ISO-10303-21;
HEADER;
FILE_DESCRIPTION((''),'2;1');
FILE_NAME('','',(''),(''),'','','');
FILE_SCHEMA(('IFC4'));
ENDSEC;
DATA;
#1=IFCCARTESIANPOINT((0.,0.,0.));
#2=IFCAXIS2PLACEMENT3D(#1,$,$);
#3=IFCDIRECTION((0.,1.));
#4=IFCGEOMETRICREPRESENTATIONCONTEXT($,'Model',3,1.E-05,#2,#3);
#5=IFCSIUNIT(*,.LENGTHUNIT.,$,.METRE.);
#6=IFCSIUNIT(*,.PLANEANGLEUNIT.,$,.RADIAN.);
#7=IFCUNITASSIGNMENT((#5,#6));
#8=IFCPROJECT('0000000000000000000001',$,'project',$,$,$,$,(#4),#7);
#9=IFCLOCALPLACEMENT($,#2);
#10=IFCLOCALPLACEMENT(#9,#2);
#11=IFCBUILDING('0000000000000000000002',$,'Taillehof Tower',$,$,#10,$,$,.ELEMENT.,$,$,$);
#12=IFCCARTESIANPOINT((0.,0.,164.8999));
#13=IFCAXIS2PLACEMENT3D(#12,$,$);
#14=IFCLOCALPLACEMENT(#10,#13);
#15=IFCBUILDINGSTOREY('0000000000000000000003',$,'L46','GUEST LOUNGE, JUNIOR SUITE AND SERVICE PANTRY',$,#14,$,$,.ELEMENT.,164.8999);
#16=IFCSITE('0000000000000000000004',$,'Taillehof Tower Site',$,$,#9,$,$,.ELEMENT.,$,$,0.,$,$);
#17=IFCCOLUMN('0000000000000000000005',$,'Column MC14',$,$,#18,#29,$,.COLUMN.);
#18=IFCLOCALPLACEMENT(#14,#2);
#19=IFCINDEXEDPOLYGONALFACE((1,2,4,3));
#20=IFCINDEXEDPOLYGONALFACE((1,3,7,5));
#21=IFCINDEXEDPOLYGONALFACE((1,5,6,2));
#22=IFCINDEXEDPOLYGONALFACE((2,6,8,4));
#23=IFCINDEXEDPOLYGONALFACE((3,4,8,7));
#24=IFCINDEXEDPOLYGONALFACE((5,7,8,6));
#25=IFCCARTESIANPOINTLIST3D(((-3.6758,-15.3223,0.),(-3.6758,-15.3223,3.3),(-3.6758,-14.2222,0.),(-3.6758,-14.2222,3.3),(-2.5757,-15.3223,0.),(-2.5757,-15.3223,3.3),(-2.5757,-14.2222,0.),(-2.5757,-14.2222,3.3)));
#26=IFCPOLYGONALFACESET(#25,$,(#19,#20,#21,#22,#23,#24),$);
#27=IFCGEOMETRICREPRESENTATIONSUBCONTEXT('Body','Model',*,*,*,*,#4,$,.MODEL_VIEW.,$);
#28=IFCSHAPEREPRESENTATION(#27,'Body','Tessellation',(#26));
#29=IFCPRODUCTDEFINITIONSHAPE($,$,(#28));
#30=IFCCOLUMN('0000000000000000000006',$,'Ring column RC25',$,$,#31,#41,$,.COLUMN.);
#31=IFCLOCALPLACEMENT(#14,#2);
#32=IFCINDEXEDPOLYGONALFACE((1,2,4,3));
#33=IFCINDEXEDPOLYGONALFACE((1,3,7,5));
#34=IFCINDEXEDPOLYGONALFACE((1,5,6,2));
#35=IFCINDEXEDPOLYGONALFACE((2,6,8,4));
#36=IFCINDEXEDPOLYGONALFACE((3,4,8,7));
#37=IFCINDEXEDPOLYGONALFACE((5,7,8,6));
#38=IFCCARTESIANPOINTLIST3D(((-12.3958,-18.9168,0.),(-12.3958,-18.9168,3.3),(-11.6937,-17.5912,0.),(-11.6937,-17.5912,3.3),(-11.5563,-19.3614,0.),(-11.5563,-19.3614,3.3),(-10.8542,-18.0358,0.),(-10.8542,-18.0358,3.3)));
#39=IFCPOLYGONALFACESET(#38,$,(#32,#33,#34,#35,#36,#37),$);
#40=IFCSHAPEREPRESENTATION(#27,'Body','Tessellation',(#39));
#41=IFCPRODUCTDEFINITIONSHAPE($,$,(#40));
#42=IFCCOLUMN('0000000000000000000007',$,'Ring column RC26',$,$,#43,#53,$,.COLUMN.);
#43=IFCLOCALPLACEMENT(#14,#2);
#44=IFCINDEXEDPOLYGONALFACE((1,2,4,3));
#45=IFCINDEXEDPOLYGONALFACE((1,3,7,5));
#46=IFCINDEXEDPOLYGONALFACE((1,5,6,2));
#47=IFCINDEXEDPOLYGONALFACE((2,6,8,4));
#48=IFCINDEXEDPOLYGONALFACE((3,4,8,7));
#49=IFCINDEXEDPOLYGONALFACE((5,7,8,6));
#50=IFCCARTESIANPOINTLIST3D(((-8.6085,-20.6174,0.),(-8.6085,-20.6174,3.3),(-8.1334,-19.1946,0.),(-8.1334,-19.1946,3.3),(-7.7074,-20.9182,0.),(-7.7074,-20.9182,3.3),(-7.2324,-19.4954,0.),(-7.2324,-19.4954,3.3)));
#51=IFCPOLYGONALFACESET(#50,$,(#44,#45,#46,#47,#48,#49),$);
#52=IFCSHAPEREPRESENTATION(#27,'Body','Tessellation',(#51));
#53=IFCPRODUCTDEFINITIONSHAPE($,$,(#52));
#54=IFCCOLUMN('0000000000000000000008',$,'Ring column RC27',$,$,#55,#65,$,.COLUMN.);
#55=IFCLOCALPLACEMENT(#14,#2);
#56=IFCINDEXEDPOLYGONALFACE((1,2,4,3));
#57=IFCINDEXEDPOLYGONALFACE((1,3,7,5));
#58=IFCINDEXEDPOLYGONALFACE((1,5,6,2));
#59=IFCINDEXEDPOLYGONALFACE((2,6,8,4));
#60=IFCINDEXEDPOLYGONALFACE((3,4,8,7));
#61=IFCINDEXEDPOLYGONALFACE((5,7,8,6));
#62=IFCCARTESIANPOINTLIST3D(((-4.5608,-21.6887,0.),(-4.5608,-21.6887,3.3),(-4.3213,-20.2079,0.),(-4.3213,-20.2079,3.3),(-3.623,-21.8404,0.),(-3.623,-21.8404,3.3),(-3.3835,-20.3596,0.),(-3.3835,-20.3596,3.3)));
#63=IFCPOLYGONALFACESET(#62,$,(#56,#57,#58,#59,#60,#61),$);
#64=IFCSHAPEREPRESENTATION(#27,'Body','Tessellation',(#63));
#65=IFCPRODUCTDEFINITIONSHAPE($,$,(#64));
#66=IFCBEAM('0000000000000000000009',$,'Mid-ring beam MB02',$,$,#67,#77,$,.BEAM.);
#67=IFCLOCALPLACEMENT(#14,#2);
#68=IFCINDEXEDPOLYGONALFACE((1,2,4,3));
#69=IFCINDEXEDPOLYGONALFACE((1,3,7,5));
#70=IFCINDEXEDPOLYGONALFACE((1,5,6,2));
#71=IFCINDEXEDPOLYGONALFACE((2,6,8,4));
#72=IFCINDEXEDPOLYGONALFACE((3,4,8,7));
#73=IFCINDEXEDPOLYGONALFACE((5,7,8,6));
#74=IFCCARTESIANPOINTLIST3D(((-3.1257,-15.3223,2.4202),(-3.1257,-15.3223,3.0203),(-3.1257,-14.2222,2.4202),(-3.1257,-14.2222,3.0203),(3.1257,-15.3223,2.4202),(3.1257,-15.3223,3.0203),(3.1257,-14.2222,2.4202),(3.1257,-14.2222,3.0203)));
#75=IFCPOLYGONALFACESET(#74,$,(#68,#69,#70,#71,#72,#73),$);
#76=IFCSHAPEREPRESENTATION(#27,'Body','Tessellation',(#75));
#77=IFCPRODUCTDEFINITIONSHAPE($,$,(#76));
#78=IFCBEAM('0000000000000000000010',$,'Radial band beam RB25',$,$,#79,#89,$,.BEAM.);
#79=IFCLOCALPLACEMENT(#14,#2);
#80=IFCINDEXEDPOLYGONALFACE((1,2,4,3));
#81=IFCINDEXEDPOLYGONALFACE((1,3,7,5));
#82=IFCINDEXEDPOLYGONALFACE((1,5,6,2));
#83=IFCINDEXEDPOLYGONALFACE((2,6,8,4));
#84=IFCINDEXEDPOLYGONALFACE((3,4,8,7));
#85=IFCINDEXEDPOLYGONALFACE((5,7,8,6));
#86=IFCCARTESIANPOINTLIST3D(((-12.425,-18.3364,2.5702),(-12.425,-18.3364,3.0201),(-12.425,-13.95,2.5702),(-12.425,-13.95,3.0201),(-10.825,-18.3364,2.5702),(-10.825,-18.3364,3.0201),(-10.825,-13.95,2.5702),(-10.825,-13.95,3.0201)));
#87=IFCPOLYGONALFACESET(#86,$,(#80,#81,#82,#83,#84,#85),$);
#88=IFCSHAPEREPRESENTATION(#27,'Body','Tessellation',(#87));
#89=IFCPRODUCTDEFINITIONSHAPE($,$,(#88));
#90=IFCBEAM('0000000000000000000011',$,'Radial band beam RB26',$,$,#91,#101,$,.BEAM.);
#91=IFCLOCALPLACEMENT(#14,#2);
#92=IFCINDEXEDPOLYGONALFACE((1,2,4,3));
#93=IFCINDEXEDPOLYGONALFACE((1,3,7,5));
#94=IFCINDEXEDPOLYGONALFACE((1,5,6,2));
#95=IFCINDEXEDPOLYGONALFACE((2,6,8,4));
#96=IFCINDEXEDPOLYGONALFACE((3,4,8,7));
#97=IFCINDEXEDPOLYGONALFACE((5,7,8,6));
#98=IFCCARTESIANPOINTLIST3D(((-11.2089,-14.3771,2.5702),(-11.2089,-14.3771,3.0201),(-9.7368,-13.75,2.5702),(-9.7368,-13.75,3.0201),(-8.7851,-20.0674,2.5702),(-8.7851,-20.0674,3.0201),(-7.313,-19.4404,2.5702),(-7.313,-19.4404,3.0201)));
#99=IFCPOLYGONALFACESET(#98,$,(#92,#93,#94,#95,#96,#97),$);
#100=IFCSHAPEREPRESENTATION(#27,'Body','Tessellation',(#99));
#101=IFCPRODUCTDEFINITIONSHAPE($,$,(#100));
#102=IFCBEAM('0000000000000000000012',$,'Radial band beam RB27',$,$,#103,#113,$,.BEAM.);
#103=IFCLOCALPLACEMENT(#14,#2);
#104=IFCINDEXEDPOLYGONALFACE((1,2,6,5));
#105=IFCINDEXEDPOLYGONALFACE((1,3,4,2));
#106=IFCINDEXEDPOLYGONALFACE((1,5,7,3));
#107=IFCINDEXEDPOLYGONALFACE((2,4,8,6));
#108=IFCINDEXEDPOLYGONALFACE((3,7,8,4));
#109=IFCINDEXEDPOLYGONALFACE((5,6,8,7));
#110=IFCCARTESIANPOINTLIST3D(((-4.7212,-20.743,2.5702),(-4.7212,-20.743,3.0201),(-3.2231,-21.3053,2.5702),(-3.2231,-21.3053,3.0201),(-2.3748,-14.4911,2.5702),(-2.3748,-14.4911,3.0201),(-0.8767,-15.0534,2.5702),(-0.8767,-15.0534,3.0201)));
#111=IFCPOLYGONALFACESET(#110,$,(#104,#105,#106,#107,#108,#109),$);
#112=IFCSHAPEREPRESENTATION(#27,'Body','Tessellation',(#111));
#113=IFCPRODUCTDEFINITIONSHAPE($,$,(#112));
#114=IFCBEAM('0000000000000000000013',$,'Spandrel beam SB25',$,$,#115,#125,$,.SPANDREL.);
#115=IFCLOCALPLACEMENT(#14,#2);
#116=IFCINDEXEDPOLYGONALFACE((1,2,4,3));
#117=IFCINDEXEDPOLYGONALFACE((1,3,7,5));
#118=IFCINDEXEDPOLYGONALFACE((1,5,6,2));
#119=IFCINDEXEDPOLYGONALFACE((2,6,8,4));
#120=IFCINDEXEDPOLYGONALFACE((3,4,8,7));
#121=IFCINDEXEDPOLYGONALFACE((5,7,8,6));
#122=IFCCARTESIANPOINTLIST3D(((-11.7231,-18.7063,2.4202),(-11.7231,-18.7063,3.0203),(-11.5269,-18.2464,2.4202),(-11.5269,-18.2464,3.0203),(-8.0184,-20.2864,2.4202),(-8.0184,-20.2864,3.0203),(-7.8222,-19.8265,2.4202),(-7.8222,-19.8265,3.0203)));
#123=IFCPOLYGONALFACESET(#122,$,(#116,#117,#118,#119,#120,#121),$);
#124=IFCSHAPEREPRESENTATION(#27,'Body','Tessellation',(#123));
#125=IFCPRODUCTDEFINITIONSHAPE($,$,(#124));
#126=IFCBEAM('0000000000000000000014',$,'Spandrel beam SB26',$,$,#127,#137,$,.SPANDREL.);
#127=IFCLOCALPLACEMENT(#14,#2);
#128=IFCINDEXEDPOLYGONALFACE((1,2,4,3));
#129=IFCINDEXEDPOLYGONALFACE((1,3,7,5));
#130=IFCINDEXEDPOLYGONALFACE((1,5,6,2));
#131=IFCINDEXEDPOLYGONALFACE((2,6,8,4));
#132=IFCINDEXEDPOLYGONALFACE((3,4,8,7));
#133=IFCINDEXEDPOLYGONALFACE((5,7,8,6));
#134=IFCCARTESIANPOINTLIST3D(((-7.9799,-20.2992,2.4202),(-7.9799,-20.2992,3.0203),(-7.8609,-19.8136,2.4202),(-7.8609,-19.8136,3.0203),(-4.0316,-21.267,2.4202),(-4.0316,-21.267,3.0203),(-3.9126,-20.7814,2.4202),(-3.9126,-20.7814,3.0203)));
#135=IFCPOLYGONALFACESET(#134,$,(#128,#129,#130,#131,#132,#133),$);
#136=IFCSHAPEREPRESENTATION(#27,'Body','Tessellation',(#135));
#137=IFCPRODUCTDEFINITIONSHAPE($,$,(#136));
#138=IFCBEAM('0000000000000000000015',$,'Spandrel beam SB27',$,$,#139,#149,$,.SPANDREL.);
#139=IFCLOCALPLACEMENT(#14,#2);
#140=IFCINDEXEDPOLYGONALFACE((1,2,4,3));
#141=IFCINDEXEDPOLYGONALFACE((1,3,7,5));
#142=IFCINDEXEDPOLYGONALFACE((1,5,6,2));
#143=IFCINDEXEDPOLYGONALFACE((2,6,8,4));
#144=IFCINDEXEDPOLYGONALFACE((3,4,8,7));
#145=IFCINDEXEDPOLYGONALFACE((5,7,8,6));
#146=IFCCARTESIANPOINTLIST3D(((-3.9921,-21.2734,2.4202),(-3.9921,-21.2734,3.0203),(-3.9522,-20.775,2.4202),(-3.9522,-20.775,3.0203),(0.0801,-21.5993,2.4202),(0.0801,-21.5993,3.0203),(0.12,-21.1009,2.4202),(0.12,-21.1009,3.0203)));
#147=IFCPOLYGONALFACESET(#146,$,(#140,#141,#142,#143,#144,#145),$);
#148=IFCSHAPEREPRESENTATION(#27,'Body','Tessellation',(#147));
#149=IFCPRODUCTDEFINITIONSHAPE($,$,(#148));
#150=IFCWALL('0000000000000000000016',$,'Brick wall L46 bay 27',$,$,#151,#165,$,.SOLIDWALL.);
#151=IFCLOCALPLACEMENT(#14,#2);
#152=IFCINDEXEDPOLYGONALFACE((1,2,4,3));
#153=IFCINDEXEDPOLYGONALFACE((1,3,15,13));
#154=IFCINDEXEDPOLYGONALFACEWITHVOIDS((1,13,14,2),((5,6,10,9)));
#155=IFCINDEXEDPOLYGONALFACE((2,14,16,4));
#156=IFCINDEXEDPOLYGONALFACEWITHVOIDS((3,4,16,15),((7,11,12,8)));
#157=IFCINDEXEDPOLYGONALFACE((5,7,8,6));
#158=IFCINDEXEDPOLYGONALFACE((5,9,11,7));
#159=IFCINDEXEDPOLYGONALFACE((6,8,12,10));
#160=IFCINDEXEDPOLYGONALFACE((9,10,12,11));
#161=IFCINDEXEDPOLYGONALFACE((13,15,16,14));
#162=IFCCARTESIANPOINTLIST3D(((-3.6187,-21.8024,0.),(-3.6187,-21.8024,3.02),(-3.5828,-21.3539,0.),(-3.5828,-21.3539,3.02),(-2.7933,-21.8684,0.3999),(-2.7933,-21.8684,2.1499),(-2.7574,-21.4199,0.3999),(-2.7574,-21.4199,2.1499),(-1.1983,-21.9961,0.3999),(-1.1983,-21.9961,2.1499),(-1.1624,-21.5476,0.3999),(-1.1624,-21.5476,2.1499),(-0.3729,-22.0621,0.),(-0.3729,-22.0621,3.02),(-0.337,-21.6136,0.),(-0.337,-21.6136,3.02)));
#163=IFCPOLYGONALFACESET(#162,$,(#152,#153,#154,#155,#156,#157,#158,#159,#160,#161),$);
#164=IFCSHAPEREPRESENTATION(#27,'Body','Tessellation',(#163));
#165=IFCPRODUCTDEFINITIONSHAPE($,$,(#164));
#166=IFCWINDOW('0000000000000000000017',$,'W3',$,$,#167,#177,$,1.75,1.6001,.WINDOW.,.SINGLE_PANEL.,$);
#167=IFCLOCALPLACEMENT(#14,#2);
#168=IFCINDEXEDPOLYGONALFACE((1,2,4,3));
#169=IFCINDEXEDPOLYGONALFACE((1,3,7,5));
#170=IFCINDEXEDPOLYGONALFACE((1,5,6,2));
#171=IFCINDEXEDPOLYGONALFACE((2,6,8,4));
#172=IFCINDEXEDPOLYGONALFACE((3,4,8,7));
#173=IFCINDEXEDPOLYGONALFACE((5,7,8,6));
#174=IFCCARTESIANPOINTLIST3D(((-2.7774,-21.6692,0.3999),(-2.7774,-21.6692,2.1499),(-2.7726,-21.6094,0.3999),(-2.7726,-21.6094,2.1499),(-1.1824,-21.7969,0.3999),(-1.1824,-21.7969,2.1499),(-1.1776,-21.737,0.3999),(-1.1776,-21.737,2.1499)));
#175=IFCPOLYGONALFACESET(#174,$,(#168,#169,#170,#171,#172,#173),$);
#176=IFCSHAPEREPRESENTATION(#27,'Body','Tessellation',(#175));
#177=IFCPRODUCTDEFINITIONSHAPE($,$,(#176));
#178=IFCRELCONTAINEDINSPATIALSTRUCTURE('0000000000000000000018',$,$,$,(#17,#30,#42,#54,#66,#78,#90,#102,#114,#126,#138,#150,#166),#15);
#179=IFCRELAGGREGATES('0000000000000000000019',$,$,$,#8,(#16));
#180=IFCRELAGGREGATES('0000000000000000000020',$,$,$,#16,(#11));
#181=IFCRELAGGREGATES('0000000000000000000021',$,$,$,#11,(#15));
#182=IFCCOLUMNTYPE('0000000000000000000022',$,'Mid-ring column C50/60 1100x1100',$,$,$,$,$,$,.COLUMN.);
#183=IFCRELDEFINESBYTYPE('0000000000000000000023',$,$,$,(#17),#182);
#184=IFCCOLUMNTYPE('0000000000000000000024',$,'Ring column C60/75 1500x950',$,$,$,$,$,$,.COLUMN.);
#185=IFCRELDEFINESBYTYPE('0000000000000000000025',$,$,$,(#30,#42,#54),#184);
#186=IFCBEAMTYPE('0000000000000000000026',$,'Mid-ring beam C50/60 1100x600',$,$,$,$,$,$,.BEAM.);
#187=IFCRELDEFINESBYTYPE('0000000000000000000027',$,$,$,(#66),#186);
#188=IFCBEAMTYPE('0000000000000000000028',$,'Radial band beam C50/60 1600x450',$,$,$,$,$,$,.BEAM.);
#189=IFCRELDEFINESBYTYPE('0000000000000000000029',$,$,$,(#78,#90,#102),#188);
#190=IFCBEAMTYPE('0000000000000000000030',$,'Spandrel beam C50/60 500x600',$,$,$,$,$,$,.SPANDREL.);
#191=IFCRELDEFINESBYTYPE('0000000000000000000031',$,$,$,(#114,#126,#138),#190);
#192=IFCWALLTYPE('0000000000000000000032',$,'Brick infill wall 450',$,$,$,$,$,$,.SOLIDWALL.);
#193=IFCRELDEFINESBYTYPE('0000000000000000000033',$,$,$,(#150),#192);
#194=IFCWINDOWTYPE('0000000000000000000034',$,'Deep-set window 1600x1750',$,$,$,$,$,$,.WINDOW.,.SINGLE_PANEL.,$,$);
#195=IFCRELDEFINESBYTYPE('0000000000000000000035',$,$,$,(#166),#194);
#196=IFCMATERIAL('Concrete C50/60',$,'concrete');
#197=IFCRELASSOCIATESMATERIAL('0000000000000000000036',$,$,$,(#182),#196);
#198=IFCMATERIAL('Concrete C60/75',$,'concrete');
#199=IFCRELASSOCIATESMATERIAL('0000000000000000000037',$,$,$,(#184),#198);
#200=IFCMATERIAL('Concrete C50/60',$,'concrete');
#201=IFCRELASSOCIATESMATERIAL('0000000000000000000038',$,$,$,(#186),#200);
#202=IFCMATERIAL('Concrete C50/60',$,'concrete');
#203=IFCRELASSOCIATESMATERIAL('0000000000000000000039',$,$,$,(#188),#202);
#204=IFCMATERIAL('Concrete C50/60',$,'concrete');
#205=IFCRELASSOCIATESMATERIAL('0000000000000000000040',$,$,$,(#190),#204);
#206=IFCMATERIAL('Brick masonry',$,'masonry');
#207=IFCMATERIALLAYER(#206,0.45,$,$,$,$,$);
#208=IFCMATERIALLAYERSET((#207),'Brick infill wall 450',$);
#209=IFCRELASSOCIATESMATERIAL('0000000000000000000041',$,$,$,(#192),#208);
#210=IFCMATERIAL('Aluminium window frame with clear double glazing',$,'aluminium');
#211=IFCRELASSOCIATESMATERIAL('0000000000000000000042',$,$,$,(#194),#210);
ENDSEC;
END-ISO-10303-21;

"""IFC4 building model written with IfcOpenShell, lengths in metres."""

from ifc_helpers import new_model, si_unit, direction, frame, frame_2d, origin, origin_2d, place, context, subcontext, project, spatial, rectangle, extrude, material, layer, layer_set, material_profile, profile_set, type_object, element, fill, save


model = new_model("IFC4")

# Units and contexts
model_context = context("Model", 3, precision=1e-05, world=origin(), true_north=direction((0.0, 1.0)))
body_context = subcontext(model_context, "Body", "Model", "MODEL_VIEW")
ifc_project = project(units=[si_unit("LENGTHUNIT", "METRE"), si_unit("PLANEANGLEUNIT", "RADIAN")], contexts=[model_context])

# Site, building, storey
site_placement = place(None, origin())
site = spatial("IfcSite", under=ifc_project, at=site_placement, Name="Taillehof Tower Site", CompositionType="ELEMENT", RefElevation=0.0)
building_placement = place(site_placement, origin())
building = spatial("IfcBuilding", under=site, at=building_placement, Name="Taillehof Tower", CompositionType="ELEMENT")
storey_placement = place(building_placement, frame((0.0, 0.0, 164.8999)))
storey = spatial("IfcBuildingStorey", under=building, at=storey_placement, Name="L46", Description="GUEST LOUNGE, JUNIOR SUITE AND SERVICE PANTRY", CompositionType="ELEMENT", Elevation=164.8999)

# Columns
ifc_material_1 = material(Name="Concrete C50/60", Category="concrete")
ifc_material_profile_1 = material_profile(ifc_material_1, rectangle(XDim=1.1001, YDim=1.1001, at=origin_2d()), Name="RC 1100x1100")
ifc_profile_set_1 = profile_set([ifc_material_profile_1], Name="Concrete C50/60")
column_type_1 = type_object("IfcColumnType", Name="Mid-ring column C50/60 1100x1100", PredefinedType="COLUMN", material=ifc_profile_set_1)
column_placement = place(storey_placement, frame((-3.1257, -14.7722, 0.0), z_axis=(0.0, 0.0, 1.0), x_axis=(1.0, 0.0, 0.0)))
element("IfcColumn", 1, at=column_placement, inside=storey, type_object=column_type_1, Name="Column MC14", PredefinedType="COLUMN", context=body_context, shape_type="SweptSolid", body=[
    extrude(rectangle(XDim=1.1001, YDim=1.1001, at=origin_2d()), origin(), (0.0, 0.0, 1.0), 3.3),
])
ifc_material_2 = material(Name="Concrete C60/75", Category="concrete")
ifc_material_profile_2 = material_profile(ifc_material_2, rectangle(XDim=1.5, YDim=0.95, at=origin_2d()), Name="RC 1500x950")
ifc_profile_set_2 = profile_set([ifc_material_profile_2], Name="Concrete C60/75")
column_type_2 = type_object("IfcColumnType", Name="Ring column C60/75 1500x950", PredefinedType="COLUMN", material=ifc_profile_set_2)
for number, where, z_axis, x_axis, name in (
    (2, (-11.625, -18.4763, 0.0), (0.0, 0.0, 1.0), (-0.468042, -0.883706, 0.0), "Ring column RC25"),
    (3, (-7.9204, -20.0564, 0.0), (0.0, 0.0, 1.0), (-0.316703, -0.948525, 0.0), "Ring column RC26"),
    (4, (-3.9722, -21.0242, 0.0), (0.0, 0.0, 1.0), (-0.159679, -0.987169, 0.0), "Ring column RC27"),
):
    element("IfcColumn", number, at=place(storey_placement, frame(where, z_axis=z_axis, x_axis=x_axis)), inside=storey, type_object=column_type_2, Name=name, PredefinedType="COLUMN", context=body_context, shape_type="SweptSolid", body=[
        extrude(rectangle(XDim=1.5, YDim=0.95, at=origin_2d()), origin(), (0.0, 0.0, 1.0), 3.3),
    ])

# Beams
ifc_material_3 = material(Name="Concrete C50/60", Category="concrete")
ifc_material_profile_3 = material_profile(ifc_material_3, rectangle(XDim=1.1001, YDim=0.6001, at=origin_2d()), Name="RC 1100x600")
ifc_profile_set_3 = profile_set([ifc_material_profile_3], Name="Concrete C50/60")
beam_type_1 = type_object("IfcBeamType", Name="Mid-ring beam C50/60 1100x600", PredefinedType="BEAM", material=ifc_profile_set_3)
beam_1_placement = place(storey_placement, frame((-3.1257, -14.7722, 2.7202), z_axis=(1.0, 0.0, 0.0), x_axis=(0.0, 1.0, 0.0)))
element("IfcBeam", 5, at=beam_1_placement, inside=storey, type_object=beam_type_1, Name="Mid-ring beam MB02", PredefinedType="BEAM", context=body_context, shape_type="SweptSolid", body=[
    extrude(rectangle(XDim=1.1001, YDim=0.6001, at=origin_2d()), origin(), (0.0, 0.0, 1.0), 6.2515),
])
ifc_material_4 = material(Name="Concrete C50/60", Category="concrete")
ifc_material_profile_4 = material_profile(ifc_material_4, rectangle(XDim=1.6001, YDim=0.45, at=origin_2d()), Name="RC 1600x450")
ifc_profile_set_4 = profile_set([ifc_material_profile_4], Name="Concrete C50/60")
beam_type_2 = type_object("IfcBeamType", Name="Radial band beam C50/60 1600x450", PredefinedType="BEAM", material=ifc_profile_set_4)
beam_2_placement = place(storey_placement, frame((-11.625, -18.3364, 2.7952), z_axis=(0.0, 1.0, 0.0), x_axis=(-1.0, 0.0, 0.0)))
element("IfcBeam", 6, at=beam_2_placement, inside=storey, type_object=beam_type_2, Name="Radial band beam RB25", PredefinedType="BEAM", context=body_context, shape_type="SweptSolid", body=[
    extrude(rectangle(XDim=1.6001, YDim=0.45, at=origin_2d()), origin(), (0.0, 0.0, 1.0), 4.3865),
])
beam_3_placement = place(storey_placement, frame((-8.0491, -19.7539, 2.7952), z_axis=(-0.391879, 0.920017, 0.0), x_axis=(-0.920017, -0.391879, 0.0)))
element("IfcBeam", 7, at=beam_3_placement, inside=storey, type_object=beam_type_2, Name="Radial band beam RB26", PredefinedType="BEAM", context=body_context, shape_type="SweptSolid", body=[
    extrude(rectangle(XDim=1.6001, YDim=0.45, at=origin_2d()), origin(), (0.0, 0.0, 1.0), 6.1851),
])
beam_4_placement = place(storey_placement, frame((-3.9722, -21.0242, 2.7952), z_axis=(0.35138, 0.936233, 0.0), x_axis=(-0.936233, 0.35138, 0.0)))
element("IfcBeam", 8, at=beam_4_placement, inside=storey, type_object=beam_type_2, Name="Radial band beam RB27", PredefinedType="BEAM", context=body_context, shape_type="SweptSolid", body=[
    extrude(rectangle(XDim=1.6001, YDim=0.45, at=origin_2d()), origin(), (0.0, 0.0, 1.0), 6.6777),
])
ifc_material_5 = material(Name="Concrete C50/60", Category="concrete")
ifc_material_profile_5 = material_profile(ifc_material_5, rectangle(XDim=0.5, YDim=0.6001, at=origin_2d()), Name="RC 500x600")
ifc_profile_set_5 = profile_set([ifc_material_profile_5], Name="Concrete C50/60")
beam_type_3 = type_object("IfcBeamType", Name="Spandrel beam C50/60 500x600", PredefinedType="SPANDREL", material=ifc_profile_set_5)
beam_5_placement = place(storey_placement, frame((-11.625, -18.4763, 2.7202), z_axis=(0.919827, -0.392324, 0.0), x_axis=(0.392324, 0.919827, 0.0)))
element("IfcBeam", 9, at=beam_5_placement, inside=storey, type_object=beam_type_3, Name="Spandrel beam SB25", PredefinedType="SPANDREL", context=body_context, shape_type="SweptSolid", body=[
    extrude(rectangle(XDim=0.5, YDim=0.6001, at=origin_2d()), origin(), (0.0, 0.0, 1.0), 4.0276),
])
beam_6_placement = place(storey_placement, frame((-7.9204, -20.0564, 2.7202), z_axis=(0.971249, -0.238068, 0.0), x_axis=(0.238068, 0.971249, 0.0)))
element("IfcBeam", 10, at=beam_6_placement, inside=storey, type_object=beam_type_3, Name="Spandrel beam SB26", PredefinedType="SPANDREL", context=body_context, shape_type="SweptSolid", body=[
    extrude(rectangle(XDim=0.5, YDim=0.6001, at=origin_2d()), origin(), (0.0, 0.0, 1.0), 4.0652),
])
beam_7_placement = place(storey_placement, frame((-3.9722, -21.0242, 2.7202), z_axis=(0.996812, -0.079781, 0.0), x_axis=(0.079781, 0.996812, 0.0)))
element("IfcBeam", 11, at=beam_7_placement, inside=storey, type_object=beam_type_3, Name="Spandrel beam SB27", PredefinedType="SPANDREL", context=body_context, shape_type="SweptSolid", body=[
    extrude(rectangle(XDim=0.5, YDim=0.6001, at=origin_2d()), origin(), (0.0, 0.0, 1.0), 4.0852),
])

# Wall, opening, window
ifc_material_6 = material(Name="Brick masonry", Category="masonry")
ifc_layer_1 = layer(ifc_material_6, 0.45)
ifc_layer_set_1 = layer_set([ifc_layer_1], Name="Brick infill wall 450")
wall_type_1 = type_object("IfcWallType", Name="Brick infill wall 450", PredefinedType="SOLIDWALL", material=ifc_layer_set_1)
wall_1_placement = place(storey_placement, frame((-3.6006, -21.5781, 0.0), z_axis=(0.0, 0.0, 1.0), x_axis=(0.996812, -0.079781, 0.0)))
wall_1 = element("IfcWall", 12, at=wall_1_placement, inside=storey, type_object=wall_type_1, Name="Brick wall L46 bay 27", PredefinedType="SOLIDWALL", context=body_context, shape_type="SweptSolid", body=[
    extrude(rectangle(XDim=3.2561, YDim=0.45, at=frame_2d((1.6279, 0.0))), origin(), (0.0, 0.0, 1.0), 3.02),
])
opening_1_placement = place(wall_1_placement, frame((0.8279, 0.0, 0.3999)))
opening_1 = element("IfcOpeningElement", 13, at=opening_1_placement, cuts=wall_1, PredefinedType="OPENING", context=body_context, shape_type="SweptSolid", body=[
    extrude(rectangle(XDim=1.6001, YDim=1.75, at=frame_2d((0.8, 0.875))), frame((0.0, 0.2349, 0.0), z_axis=(0.0, -1.0, 0.0), x_axis=(1.0, 0.0, 0.0)), (0.0, 0.0, 1.0), 0.47),
])
ifc_material_7 = material(Name="Aluminium window frame with clear double glazing", Category="aluminium")
window_type_1 = type_object("IfcWindowType", Name="Deep-set window 1600x1750", PartitioningType="SINGLE_PANEL", PredefinedType="WINDOW", material=ifc_material_7)
window_1_placement = place(opening_1_placement, origin())
window_1 = element("IfcWindow", 14, at=window_1_placement, inside=storey, type_object=window_type_1, Name="W3", OverallHeight=1.75, OverallWidth=1.6001, PartitioningType="SINGLE_PANEL", PredefinedType="WINDOW", context=body_context, shape_type="SweptSolid", body=[
    extrude(rectangle(XDim=1.6001, YDim=1.75, at=frame_2d((0.8, 0.875))), frame((0.0, 0.0349, 0.0), z_axis=(0.0, -1.0, 0.0), x_axis=(1.0, 0.0, 0.0)), (0.0, 0.0, 1.0), 0.0601),
])
fill(opening_1, window_1)

save(model, "model.ifc")
